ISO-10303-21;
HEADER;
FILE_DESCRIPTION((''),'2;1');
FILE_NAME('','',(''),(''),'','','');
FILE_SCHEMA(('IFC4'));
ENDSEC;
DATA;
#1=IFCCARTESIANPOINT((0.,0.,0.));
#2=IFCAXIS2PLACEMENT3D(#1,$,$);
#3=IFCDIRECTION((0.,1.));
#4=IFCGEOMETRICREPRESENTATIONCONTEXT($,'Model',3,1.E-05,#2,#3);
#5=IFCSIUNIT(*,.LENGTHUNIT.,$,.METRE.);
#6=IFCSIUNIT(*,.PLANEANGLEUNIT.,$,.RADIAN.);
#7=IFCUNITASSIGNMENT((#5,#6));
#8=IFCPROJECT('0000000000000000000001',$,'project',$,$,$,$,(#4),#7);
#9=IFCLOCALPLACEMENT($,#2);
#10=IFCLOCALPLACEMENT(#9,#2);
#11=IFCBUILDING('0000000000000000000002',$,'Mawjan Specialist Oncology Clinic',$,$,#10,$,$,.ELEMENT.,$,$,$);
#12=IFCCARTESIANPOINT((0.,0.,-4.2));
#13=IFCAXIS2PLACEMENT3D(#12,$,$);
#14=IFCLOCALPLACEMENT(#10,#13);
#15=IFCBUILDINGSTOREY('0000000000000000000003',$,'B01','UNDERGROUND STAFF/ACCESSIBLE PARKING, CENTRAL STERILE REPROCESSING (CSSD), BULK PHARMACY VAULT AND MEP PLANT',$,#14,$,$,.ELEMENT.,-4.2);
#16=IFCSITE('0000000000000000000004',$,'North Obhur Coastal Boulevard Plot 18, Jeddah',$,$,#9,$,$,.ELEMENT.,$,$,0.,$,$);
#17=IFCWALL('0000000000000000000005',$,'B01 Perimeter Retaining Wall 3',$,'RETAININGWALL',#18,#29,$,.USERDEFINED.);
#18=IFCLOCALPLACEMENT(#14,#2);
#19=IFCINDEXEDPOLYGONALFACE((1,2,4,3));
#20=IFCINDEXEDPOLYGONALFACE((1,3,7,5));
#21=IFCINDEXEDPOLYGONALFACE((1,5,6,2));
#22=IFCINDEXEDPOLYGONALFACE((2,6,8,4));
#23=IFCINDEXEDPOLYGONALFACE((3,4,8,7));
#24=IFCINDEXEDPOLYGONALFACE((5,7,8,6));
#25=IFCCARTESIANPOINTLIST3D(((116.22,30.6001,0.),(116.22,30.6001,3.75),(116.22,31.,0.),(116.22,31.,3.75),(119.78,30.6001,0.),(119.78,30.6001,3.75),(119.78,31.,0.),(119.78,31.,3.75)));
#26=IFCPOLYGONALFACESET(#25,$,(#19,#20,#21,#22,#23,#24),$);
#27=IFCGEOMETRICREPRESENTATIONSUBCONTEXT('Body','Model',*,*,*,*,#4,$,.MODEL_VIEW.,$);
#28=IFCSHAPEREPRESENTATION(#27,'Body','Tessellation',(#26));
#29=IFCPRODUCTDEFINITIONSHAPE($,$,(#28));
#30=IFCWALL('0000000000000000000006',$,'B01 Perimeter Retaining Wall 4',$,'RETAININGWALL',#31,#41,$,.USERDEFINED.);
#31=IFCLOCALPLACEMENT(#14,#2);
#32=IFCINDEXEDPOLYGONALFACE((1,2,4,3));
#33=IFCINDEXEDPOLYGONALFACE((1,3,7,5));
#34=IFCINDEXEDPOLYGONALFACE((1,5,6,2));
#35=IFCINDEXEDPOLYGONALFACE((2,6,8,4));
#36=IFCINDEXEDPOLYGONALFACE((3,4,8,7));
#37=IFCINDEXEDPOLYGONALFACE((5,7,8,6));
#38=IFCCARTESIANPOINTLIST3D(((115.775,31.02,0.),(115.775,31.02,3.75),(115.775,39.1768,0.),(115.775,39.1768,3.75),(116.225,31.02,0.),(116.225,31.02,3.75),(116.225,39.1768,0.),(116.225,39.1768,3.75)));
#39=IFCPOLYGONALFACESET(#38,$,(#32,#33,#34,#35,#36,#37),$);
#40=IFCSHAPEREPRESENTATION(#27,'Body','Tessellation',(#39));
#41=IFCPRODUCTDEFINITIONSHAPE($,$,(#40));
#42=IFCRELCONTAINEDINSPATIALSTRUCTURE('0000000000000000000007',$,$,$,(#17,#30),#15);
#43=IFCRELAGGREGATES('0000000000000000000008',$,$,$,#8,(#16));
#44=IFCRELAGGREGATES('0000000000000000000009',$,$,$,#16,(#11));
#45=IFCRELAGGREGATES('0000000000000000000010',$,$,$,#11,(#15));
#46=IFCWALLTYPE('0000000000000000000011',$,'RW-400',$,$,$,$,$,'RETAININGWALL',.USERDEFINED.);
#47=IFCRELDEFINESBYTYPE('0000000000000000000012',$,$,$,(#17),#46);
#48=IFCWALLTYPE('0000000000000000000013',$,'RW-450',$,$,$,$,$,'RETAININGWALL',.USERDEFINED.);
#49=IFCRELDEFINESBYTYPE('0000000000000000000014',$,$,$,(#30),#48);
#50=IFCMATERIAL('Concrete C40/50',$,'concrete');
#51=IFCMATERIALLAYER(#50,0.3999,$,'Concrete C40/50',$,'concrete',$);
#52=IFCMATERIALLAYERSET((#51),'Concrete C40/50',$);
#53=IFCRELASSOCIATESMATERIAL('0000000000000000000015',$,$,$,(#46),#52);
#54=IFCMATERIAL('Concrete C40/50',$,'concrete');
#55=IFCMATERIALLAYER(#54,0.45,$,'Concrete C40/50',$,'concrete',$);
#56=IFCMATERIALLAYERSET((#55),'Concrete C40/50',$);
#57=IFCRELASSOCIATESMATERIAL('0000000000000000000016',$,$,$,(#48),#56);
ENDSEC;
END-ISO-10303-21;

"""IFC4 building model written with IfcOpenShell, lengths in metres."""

from ifc_helpers import new_model, si_unit, direction, frame, frame_2d, origin, place, context, subcontext, project, spatial, rectangle, extrude, material, layer, layer_set, type_object, element, save


model = new_model("IFC4")

# Units and contexts
model_context = context("Model", 3, precision=1e-05, world=origin(), true_north=direction((0.0, 1.0)))
body_context = subcontext(model_context, "Body", "Model", "MODEL_VIEW")
ifc_project = project(units=[si_unit("LENGTHUNIT", "METRE"), si_unit("PLANEANGLEUNIT", "RADIAN")], contexts=[model_context])

# Site, building, storey
site_placement = place(None, origin())
site = spatial("IfcSite", under=ifc_project, at=site_placement, Name="North Obhur Coastal Boulevard Plot 18, Jeddah", CompositionType="ELEMENT", RefElevation=0.0)
building_placement = place(site_placement, origin())
building = spatial("IfcBuilding", under=site, at=building_placement, Name="Mawjan Specialist Oncology Clinic", CompositionType="ELEMENT")
storey_placement = place(building_placement, frame((0.0, 0.0, -4.2)))
storey = spatial("IfcBuildingStorey", under=building, at=storey_placement, Name="B01", Description="UNDERGROUND STAFF/ACCESSIBLE PARKING, CENTRAL STERILE REPROCESSING (CSSD), BULK PHARMACY VAULT AND MEP PLANT", CompositionType="ELEMENT", Elevation=-4.2)

# Walls
ifc_material_1 = material(Name="Concrete C40/50", Category="concrete")
ifc_layer_1 = layer(ifc_material_1, 0.3999, Name="Concrete C40/50", Category="concrete")
ifc_layer_set_1 = layer_set([ifc_layer_1], Name="Concrete C40/50")
wall_type_1 = type_object("IfcWallType", Name="RW-400", ElementType="RETAININGWALL", PredefinedType="USERDEFINED", material=ifc_layer_set_1)
wall_1_placement = place(storey_placement, frame((119.78, 30.8, 0.0), z_axis=(0.0, 0.0, 1.0), x_axis=(-1.0, 0.0, 0.0)))
element("IfcWall", 1, at=wall_1_placement, inside=storey, type_object=wall_type_1, Name="B01 Perimeter Retaining Wall 3", ObjectType="RETAININGWALL", PredefinedType="USERDEFINED", context=body_context, shape_type="SweptSolid", body=[
    extrude(rectangle(XDim=3.5601, YDim=0.3999, at=frame_2d((1.78, 0.0))), origin(), (0.0, 0.0, 1.0), 3.75),
])
ifc_material_2 = material(Name="Concrete C40/50", Category="concrete")
ifc_layer_2 = layer(ifc_material_2, 0.45, Name="Concrete C40/50", Category="concrete")
ifc_layer_set_2 = layer_set([ifc_layer_2], Name="Concrete C40/50")
wall_type_2 = type_object("IfcWallType", Name="RW-450", ElementType="RETAININGWALL", PredefinedType="USERDEFINED", material=ifc_layer_set_2)
wall_2_placement = place(storey_placement, frame((116.0, 31.02, 0.0), z_axis=(0.0, 0.0, 1.0), x_axis=(0.0, 1.0, 0.0)))
element("IfcWall", 2, at=wall_2_placement, inside=storey, type_object=wall_type_2, Name="B01 Perimeter Retaining Wall 4", ObjectType="RETAININGWALL", PredefinedType="USERDEFINED", context=body_context, shape_type="SweptSolid", body=[
    extrude(rectangle(XDim=8.1567, YDim=0.45, at=frame_2d((4.0784, 0.0))), origin(), (0.0, 0.0, 1.0), 3.75),
])

save(model, "model.ifc")
